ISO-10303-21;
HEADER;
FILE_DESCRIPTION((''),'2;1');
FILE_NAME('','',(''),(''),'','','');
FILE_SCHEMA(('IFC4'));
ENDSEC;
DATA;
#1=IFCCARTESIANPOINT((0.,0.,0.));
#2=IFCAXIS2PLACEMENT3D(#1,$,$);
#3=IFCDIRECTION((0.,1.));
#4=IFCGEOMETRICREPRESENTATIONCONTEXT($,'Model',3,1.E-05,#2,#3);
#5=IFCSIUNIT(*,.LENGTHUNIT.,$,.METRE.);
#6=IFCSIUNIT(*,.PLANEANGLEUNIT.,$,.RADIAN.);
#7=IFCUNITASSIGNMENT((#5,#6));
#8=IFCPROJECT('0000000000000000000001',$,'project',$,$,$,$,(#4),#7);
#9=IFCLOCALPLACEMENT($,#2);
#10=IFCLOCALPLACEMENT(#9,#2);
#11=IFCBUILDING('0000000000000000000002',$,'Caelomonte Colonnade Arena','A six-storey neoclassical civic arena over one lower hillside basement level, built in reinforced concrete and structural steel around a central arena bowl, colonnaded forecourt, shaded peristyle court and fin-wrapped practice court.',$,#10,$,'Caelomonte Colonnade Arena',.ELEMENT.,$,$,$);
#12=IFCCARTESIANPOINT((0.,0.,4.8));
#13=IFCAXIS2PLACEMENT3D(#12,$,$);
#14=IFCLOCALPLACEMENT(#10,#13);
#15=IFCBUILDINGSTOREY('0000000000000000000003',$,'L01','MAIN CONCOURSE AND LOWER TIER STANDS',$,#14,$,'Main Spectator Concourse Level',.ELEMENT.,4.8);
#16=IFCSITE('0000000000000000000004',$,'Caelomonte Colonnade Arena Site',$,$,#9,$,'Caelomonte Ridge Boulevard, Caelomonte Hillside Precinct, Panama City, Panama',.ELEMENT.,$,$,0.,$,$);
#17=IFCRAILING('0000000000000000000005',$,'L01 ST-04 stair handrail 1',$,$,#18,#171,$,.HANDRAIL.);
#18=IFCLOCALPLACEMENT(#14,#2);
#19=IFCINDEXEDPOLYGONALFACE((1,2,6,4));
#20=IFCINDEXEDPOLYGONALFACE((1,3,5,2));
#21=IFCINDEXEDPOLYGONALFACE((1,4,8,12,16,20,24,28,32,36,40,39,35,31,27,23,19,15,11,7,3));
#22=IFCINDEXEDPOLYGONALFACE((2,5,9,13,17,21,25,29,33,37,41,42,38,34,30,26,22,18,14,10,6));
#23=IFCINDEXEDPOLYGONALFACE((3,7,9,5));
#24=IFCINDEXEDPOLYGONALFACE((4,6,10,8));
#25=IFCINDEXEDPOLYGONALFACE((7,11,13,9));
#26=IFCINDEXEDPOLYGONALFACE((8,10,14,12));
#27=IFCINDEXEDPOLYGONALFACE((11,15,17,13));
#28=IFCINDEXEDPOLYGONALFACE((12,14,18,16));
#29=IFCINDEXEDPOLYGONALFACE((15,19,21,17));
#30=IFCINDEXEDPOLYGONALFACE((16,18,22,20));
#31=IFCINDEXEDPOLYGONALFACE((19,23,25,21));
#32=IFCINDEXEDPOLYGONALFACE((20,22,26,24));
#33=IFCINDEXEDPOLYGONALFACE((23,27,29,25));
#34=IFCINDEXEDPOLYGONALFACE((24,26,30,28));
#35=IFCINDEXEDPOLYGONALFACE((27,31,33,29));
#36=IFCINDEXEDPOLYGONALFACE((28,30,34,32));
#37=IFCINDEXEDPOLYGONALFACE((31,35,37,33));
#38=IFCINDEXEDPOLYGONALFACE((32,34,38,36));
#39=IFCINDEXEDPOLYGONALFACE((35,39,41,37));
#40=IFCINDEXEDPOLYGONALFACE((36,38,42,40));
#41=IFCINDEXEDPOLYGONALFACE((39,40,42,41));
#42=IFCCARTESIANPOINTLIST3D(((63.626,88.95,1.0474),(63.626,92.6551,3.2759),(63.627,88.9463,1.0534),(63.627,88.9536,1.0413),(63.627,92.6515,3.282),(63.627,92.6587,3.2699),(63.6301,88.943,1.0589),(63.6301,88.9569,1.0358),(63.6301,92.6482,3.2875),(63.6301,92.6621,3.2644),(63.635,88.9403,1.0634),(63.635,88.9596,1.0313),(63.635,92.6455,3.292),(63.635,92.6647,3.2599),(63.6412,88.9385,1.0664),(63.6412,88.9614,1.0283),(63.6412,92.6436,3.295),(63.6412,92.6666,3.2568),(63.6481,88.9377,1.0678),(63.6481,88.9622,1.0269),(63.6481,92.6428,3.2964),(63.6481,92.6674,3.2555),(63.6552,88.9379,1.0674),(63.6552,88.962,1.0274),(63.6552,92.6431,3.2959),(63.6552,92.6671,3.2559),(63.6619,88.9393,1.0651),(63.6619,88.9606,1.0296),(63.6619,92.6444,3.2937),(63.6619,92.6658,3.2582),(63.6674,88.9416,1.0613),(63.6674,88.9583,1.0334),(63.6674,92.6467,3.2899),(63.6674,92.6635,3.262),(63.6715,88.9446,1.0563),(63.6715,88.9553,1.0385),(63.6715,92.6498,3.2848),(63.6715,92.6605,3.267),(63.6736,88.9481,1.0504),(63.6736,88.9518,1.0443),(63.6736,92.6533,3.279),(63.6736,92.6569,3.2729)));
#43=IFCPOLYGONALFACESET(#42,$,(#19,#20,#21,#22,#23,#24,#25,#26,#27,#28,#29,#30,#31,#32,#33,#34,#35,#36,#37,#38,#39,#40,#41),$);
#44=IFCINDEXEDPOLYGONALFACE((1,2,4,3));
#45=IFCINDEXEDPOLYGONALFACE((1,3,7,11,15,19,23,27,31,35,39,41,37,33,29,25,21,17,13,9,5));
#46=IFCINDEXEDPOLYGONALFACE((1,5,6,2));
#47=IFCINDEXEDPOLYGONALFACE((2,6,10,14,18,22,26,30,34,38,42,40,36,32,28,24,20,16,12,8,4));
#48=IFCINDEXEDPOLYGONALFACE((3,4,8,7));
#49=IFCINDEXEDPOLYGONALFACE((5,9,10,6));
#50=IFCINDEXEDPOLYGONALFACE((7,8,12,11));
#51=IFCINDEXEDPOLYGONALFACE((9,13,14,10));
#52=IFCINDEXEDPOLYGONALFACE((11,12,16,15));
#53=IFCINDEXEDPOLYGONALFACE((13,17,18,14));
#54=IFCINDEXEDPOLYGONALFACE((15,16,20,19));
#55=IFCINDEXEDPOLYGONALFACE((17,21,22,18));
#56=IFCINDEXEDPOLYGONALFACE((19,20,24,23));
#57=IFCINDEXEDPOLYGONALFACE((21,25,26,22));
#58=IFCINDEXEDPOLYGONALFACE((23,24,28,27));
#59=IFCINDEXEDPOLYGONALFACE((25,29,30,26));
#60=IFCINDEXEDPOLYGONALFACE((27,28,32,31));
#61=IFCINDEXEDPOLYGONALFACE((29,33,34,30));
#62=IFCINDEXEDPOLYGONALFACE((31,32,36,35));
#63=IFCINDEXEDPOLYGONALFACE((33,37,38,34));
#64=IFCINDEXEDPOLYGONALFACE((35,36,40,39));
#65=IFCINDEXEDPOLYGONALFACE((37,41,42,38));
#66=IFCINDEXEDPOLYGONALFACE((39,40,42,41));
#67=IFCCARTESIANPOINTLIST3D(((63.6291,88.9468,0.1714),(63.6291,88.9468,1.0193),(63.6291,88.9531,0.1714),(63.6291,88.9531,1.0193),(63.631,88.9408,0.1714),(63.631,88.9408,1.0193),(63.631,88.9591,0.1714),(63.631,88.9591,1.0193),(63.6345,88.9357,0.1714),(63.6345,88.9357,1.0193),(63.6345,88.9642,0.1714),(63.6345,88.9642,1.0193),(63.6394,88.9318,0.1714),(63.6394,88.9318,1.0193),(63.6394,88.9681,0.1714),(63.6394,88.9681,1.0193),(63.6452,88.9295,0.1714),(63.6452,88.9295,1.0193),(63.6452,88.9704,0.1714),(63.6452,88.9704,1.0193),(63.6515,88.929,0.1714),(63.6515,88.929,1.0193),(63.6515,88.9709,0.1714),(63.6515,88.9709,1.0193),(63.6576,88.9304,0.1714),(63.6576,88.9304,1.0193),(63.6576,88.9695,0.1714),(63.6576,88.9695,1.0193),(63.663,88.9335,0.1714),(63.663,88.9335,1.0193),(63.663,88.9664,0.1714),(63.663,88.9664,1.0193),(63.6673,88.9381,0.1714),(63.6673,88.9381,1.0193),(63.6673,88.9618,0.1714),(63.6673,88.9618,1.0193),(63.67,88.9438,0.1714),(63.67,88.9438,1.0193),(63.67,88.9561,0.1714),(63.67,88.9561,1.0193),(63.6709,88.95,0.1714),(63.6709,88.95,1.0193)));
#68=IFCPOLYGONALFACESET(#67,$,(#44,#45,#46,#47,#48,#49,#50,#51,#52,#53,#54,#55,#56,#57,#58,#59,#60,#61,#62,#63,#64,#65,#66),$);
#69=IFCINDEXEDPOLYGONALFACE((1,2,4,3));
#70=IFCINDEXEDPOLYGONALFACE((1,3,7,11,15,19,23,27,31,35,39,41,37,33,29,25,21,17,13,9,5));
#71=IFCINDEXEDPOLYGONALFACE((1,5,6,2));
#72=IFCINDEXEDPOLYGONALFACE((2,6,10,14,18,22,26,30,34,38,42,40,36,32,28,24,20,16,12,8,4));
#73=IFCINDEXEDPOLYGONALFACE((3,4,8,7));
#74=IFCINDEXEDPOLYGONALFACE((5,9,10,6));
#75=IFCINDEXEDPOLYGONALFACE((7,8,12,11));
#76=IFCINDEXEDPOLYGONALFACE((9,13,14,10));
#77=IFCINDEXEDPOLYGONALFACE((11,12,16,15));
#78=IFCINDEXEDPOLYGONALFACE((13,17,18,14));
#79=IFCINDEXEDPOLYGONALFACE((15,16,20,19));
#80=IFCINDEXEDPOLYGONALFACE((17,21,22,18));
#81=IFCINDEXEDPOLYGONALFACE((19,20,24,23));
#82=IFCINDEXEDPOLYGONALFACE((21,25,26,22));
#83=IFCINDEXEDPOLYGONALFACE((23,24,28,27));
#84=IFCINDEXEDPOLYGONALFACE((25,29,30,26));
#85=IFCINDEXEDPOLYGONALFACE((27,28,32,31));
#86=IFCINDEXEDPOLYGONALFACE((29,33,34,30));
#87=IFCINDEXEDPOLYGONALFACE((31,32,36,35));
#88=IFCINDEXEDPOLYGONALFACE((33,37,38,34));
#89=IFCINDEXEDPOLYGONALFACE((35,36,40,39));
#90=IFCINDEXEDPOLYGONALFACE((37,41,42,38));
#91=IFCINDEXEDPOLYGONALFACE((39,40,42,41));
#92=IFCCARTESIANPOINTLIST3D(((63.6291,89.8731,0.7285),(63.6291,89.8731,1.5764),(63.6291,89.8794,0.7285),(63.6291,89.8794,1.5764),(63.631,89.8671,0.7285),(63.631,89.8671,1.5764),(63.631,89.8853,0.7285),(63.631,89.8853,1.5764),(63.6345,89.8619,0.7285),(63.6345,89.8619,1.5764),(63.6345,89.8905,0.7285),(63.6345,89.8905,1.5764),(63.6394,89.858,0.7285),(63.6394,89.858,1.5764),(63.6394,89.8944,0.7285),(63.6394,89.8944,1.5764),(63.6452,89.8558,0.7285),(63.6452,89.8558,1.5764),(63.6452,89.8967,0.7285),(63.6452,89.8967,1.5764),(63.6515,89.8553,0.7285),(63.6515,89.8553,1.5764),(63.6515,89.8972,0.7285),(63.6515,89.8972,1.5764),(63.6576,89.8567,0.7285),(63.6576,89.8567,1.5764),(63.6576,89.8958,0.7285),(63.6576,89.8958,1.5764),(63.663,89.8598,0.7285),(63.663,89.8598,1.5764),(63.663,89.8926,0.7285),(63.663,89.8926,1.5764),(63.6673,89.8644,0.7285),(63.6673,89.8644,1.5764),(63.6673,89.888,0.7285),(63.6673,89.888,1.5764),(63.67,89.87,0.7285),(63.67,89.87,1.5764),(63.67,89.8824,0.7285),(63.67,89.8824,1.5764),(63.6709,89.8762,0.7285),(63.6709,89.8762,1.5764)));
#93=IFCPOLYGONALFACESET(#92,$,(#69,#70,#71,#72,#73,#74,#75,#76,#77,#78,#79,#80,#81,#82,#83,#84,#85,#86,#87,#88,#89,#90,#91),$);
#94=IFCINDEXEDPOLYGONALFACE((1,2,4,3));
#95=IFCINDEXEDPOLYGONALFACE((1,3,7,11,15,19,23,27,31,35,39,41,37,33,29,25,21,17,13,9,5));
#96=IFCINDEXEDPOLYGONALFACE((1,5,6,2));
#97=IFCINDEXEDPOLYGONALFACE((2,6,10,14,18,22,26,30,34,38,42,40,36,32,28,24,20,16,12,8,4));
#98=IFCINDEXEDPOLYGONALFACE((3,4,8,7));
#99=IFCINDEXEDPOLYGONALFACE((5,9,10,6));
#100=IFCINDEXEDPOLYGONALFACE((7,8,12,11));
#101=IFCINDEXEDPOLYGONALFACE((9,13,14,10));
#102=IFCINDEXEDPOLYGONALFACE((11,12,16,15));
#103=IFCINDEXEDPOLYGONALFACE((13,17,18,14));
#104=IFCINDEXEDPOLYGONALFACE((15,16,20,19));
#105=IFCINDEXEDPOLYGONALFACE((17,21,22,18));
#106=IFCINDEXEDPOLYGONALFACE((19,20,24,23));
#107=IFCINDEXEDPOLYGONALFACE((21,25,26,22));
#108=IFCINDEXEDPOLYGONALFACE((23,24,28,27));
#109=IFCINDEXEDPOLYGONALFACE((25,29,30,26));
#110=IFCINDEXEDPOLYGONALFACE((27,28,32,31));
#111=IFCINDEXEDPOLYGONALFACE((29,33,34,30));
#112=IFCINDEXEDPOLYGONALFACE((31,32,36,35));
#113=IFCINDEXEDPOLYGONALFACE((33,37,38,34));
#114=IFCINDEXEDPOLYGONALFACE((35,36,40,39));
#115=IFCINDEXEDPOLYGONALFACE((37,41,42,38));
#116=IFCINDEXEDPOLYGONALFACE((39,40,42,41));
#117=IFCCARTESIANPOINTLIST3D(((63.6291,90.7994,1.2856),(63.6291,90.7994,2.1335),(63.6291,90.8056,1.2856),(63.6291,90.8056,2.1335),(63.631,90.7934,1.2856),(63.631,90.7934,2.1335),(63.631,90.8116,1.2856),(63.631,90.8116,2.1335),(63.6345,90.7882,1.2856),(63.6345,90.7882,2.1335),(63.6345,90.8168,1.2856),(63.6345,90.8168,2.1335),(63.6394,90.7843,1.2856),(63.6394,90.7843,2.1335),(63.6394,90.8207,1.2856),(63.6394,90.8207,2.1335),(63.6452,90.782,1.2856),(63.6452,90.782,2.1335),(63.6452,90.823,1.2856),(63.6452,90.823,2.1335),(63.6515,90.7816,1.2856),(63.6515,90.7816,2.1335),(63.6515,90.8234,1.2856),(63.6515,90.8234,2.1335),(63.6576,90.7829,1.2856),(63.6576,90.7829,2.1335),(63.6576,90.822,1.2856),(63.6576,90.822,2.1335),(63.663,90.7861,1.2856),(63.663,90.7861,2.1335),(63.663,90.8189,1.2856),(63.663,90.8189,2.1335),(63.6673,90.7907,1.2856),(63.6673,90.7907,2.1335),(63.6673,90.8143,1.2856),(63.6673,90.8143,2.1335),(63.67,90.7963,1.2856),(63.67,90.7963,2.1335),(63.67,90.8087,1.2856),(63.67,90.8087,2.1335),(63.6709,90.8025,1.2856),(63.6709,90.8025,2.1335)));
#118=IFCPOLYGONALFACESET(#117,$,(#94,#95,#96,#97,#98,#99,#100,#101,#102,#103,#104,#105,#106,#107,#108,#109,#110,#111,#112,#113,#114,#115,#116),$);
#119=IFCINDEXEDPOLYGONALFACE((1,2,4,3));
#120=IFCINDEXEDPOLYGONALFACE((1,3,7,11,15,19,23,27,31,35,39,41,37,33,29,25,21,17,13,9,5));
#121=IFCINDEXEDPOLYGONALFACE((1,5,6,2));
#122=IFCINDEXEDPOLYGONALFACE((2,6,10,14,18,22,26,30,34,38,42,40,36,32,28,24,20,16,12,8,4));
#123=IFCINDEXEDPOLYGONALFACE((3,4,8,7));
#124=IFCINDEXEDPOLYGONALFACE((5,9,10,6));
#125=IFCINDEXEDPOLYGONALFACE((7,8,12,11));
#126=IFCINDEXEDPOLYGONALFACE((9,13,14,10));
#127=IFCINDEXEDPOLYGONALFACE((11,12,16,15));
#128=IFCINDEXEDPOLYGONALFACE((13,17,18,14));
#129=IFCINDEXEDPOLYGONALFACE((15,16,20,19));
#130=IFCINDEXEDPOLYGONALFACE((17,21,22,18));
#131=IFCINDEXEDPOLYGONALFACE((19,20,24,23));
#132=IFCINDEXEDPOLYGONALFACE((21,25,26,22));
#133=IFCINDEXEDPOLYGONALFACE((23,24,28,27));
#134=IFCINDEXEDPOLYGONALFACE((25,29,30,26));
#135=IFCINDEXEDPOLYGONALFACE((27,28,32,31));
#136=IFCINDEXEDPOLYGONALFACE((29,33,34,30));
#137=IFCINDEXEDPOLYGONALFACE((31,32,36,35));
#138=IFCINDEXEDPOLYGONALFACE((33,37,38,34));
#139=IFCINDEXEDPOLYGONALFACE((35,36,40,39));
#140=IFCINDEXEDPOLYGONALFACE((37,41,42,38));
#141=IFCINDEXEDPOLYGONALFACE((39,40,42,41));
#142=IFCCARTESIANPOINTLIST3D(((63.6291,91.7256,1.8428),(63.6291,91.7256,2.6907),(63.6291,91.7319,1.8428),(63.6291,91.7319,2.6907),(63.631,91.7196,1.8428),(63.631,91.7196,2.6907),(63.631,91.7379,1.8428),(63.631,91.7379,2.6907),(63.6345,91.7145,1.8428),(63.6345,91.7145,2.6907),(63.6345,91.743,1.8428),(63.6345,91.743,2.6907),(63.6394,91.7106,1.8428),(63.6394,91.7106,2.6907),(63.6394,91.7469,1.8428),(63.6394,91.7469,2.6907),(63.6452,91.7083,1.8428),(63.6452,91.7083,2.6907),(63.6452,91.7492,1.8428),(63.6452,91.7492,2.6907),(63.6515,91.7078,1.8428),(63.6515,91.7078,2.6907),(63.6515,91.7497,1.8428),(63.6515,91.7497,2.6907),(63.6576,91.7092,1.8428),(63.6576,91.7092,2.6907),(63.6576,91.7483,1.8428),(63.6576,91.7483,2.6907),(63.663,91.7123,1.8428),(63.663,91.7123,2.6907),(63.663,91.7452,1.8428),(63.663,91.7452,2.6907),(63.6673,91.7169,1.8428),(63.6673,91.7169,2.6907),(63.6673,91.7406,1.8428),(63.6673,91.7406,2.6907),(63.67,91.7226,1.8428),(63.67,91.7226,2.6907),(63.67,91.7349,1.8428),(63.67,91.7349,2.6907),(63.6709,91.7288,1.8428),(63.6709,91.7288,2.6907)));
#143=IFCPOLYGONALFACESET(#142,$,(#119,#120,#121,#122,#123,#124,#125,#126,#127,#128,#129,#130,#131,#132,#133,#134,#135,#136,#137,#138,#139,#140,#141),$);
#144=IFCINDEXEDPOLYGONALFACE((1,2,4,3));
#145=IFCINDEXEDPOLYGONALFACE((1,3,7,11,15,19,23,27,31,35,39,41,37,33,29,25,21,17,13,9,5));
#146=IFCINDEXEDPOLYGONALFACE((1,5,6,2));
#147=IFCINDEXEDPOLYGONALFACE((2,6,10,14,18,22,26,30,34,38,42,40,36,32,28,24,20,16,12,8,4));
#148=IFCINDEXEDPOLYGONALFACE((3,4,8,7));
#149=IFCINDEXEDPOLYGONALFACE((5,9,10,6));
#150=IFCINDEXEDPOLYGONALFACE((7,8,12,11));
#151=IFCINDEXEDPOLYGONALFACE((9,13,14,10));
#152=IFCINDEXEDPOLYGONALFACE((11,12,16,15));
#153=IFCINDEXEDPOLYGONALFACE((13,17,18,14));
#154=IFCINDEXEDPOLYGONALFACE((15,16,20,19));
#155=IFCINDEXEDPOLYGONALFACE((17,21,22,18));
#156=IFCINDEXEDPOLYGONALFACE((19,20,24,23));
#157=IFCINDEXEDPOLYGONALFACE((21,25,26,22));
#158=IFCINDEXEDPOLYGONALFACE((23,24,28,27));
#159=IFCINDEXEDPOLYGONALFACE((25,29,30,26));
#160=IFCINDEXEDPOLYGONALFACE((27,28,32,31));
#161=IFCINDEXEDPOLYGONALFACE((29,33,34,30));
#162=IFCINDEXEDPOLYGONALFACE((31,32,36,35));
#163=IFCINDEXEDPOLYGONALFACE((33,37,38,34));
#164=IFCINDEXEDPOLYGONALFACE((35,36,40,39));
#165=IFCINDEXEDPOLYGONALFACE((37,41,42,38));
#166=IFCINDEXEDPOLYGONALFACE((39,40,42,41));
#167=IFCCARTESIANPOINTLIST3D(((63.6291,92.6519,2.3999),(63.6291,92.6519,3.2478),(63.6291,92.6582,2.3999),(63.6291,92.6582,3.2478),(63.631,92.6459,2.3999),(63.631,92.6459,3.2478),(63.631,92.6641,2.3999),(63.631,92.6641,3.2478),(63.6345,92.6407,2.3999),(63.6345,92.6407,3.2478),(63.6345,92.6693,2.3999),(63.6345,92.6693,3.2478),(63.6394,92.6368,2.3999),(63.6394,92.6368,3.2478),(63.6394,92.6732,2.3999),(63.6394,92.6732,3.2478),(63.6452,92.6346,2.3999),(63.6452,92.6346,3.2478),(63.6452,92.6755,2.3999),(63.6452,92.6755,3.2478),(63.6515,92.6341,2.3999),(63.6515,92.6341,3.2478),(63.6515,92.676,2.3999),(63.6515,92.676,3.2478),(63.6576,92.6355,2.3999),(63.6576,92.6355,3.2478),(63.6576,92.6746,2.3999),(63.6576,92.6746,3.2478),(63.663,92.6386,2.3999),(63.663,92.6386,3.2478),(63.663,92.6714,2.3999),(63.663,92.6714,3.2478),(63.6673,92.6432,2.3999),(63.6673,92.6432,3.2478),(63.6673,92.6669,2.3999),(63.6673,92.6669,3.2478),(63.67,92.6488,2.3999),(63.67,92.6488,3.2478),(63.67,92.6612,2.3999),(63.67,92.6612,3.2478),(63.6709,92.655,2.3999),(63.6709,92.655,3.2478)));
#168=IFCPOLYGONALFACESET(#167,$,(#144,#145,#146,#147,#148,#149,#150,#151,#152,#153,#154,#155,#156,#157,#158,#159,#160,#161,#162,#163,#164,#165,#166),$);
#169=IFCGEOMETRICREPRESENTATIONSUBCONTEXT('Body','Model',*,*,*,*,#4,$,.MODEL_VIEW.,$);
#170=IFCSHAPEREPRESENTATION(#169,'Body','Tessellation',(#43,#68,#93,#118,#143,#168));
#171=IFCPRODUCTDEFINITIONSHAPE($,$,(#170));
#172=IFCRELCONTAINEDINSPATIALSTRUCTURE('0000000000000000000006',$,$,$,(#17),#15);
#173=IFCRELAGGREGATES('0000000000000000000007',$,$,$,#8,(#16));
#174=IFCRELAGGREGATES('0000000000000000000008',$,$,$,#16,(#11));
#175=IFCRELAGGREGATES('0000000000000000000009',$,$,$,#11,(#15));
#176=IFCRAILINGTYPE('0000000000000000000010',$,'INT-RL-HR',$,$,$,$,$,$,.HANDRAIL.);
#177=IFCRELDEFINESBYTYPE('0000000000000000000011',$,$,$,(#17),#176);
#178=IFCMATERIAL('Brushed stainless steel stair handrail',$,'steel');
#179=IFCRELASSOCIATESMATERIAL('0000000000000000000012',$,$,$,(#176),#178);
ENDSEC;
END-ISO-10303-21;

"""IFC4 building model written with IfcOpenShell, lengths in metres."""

from ifc_helpers import new_model, si_unit, direction, frame, origin, origin_2d, place, context, subcontext, project, spatial, circle, extrude, material, type_object, element, save


model = new_model("IFC4")

# Units and contexts
model_context = context("Model", 3, precision=1e-05, world=origin(), true_north=direction((0.0, 1.0)))
body_context = subcontext(model_context, "Body", "Model", "MODEL_VIEW")
ifc_project = project(units=[si_unit("LENGTHUNIT", "METRE"), si_unit("PLANEANGLEUNIT", "RADIAN")], contexts=[model_context])

# Site, building, storey
site_placement = place(None, origin())
site = spatial("IfcSite", under=ifc_project, at=site_placement, Name="Caelomonte Colonnade Arena Site", LongName="Caelomonte Ridge Boulevard, Caelomonte Hillside Precinct, Panama City, Panama", CompositionType="ELEMENT", RefElevation=0.0)
building_placement = place(site_placement, origin())
building = spatial("IfcBuilding", under=site, at=building_placement, Name="Caelomonte Colonnade Arena", Description="A six-storey neoclassical civic arena over one lower hillside basement level, built in reinforced concrete and structural steel around a central arena bowl, colonnaded forecourt, shaded peristyle court and fin-wrapped practice court.", LongName="Caelomonte Colonnade Arena", CompositionType="ELEMENT")
storey_placement = place(building_placement, frame((0.0, 0.0, 4.8)))
storey = spatial("IfcBuildingStorey", under=building, at=storey_placement, Name="L01", Description="MAIN CONCOURSE AND LOWER TIER STANDS", LongName="Main Spectator Concourse Level", CompositionType="ELEMENT", Elevation=4.8)

# Railing
ifc_material_1 = material(Name="Brushed stainless steel stair handrail", Category="steel")
railing_type_1 = type_object("IfcRailingType", Name="INT-RL-HR", PredefinedType="HANDRAIL", material=ifc_material_1)
railing_1_placement = place(storey_placement, frame((63.6499, 88.95, 0.1714)))
element("IfcRailing", 1, at=railing_1_placement, inside=storey, type_object=railing_type_1, Name="L01 ST-04 stair handrail 1", PredefinedType="HANDRAIL", context=body_context, shape_type="SweptSolid", body=[
    extrude(circle(Radius=0.0239, at=origin_2d()), frame((0.0, 0.0, 0.876), z_axis=(0.0, 0.856934, 0.515425), x_axis=(-1.0, 0.0, 0.0)), (0.0, 0.0, 1.0), 4.3237),
    extrude(circle(Radius=0.021, at=origin_2d()), origin(), (0.0, 0.0, 1.0), 0.8479),
    extrude(circle(Radius=0.021, at=origin_2d()), frame((0.0, 0.9263, 0.5571)), (0.0, 0.0, 1.0), 0.8479),
    extrude(circle(Radius=0.021, at=origin_2d()), frame((0.0, 1.8525, 1.1143)), (0.0, 0.0, 1.0), 0.8479),
    extrude(circle(Radius=0.021, at=origin_2d()), frame((0.0, 2.7788, 1.6714)), (0.0, 0.0, 1.0), 0.8479),
    extrude(circle(Radius=0.021, at=origin_2d()), frame((0.0, 3.7051, 2.2285)), (0.0, 0.0, 1.0), 0.8479),
])

save(model, "model.ifc")
